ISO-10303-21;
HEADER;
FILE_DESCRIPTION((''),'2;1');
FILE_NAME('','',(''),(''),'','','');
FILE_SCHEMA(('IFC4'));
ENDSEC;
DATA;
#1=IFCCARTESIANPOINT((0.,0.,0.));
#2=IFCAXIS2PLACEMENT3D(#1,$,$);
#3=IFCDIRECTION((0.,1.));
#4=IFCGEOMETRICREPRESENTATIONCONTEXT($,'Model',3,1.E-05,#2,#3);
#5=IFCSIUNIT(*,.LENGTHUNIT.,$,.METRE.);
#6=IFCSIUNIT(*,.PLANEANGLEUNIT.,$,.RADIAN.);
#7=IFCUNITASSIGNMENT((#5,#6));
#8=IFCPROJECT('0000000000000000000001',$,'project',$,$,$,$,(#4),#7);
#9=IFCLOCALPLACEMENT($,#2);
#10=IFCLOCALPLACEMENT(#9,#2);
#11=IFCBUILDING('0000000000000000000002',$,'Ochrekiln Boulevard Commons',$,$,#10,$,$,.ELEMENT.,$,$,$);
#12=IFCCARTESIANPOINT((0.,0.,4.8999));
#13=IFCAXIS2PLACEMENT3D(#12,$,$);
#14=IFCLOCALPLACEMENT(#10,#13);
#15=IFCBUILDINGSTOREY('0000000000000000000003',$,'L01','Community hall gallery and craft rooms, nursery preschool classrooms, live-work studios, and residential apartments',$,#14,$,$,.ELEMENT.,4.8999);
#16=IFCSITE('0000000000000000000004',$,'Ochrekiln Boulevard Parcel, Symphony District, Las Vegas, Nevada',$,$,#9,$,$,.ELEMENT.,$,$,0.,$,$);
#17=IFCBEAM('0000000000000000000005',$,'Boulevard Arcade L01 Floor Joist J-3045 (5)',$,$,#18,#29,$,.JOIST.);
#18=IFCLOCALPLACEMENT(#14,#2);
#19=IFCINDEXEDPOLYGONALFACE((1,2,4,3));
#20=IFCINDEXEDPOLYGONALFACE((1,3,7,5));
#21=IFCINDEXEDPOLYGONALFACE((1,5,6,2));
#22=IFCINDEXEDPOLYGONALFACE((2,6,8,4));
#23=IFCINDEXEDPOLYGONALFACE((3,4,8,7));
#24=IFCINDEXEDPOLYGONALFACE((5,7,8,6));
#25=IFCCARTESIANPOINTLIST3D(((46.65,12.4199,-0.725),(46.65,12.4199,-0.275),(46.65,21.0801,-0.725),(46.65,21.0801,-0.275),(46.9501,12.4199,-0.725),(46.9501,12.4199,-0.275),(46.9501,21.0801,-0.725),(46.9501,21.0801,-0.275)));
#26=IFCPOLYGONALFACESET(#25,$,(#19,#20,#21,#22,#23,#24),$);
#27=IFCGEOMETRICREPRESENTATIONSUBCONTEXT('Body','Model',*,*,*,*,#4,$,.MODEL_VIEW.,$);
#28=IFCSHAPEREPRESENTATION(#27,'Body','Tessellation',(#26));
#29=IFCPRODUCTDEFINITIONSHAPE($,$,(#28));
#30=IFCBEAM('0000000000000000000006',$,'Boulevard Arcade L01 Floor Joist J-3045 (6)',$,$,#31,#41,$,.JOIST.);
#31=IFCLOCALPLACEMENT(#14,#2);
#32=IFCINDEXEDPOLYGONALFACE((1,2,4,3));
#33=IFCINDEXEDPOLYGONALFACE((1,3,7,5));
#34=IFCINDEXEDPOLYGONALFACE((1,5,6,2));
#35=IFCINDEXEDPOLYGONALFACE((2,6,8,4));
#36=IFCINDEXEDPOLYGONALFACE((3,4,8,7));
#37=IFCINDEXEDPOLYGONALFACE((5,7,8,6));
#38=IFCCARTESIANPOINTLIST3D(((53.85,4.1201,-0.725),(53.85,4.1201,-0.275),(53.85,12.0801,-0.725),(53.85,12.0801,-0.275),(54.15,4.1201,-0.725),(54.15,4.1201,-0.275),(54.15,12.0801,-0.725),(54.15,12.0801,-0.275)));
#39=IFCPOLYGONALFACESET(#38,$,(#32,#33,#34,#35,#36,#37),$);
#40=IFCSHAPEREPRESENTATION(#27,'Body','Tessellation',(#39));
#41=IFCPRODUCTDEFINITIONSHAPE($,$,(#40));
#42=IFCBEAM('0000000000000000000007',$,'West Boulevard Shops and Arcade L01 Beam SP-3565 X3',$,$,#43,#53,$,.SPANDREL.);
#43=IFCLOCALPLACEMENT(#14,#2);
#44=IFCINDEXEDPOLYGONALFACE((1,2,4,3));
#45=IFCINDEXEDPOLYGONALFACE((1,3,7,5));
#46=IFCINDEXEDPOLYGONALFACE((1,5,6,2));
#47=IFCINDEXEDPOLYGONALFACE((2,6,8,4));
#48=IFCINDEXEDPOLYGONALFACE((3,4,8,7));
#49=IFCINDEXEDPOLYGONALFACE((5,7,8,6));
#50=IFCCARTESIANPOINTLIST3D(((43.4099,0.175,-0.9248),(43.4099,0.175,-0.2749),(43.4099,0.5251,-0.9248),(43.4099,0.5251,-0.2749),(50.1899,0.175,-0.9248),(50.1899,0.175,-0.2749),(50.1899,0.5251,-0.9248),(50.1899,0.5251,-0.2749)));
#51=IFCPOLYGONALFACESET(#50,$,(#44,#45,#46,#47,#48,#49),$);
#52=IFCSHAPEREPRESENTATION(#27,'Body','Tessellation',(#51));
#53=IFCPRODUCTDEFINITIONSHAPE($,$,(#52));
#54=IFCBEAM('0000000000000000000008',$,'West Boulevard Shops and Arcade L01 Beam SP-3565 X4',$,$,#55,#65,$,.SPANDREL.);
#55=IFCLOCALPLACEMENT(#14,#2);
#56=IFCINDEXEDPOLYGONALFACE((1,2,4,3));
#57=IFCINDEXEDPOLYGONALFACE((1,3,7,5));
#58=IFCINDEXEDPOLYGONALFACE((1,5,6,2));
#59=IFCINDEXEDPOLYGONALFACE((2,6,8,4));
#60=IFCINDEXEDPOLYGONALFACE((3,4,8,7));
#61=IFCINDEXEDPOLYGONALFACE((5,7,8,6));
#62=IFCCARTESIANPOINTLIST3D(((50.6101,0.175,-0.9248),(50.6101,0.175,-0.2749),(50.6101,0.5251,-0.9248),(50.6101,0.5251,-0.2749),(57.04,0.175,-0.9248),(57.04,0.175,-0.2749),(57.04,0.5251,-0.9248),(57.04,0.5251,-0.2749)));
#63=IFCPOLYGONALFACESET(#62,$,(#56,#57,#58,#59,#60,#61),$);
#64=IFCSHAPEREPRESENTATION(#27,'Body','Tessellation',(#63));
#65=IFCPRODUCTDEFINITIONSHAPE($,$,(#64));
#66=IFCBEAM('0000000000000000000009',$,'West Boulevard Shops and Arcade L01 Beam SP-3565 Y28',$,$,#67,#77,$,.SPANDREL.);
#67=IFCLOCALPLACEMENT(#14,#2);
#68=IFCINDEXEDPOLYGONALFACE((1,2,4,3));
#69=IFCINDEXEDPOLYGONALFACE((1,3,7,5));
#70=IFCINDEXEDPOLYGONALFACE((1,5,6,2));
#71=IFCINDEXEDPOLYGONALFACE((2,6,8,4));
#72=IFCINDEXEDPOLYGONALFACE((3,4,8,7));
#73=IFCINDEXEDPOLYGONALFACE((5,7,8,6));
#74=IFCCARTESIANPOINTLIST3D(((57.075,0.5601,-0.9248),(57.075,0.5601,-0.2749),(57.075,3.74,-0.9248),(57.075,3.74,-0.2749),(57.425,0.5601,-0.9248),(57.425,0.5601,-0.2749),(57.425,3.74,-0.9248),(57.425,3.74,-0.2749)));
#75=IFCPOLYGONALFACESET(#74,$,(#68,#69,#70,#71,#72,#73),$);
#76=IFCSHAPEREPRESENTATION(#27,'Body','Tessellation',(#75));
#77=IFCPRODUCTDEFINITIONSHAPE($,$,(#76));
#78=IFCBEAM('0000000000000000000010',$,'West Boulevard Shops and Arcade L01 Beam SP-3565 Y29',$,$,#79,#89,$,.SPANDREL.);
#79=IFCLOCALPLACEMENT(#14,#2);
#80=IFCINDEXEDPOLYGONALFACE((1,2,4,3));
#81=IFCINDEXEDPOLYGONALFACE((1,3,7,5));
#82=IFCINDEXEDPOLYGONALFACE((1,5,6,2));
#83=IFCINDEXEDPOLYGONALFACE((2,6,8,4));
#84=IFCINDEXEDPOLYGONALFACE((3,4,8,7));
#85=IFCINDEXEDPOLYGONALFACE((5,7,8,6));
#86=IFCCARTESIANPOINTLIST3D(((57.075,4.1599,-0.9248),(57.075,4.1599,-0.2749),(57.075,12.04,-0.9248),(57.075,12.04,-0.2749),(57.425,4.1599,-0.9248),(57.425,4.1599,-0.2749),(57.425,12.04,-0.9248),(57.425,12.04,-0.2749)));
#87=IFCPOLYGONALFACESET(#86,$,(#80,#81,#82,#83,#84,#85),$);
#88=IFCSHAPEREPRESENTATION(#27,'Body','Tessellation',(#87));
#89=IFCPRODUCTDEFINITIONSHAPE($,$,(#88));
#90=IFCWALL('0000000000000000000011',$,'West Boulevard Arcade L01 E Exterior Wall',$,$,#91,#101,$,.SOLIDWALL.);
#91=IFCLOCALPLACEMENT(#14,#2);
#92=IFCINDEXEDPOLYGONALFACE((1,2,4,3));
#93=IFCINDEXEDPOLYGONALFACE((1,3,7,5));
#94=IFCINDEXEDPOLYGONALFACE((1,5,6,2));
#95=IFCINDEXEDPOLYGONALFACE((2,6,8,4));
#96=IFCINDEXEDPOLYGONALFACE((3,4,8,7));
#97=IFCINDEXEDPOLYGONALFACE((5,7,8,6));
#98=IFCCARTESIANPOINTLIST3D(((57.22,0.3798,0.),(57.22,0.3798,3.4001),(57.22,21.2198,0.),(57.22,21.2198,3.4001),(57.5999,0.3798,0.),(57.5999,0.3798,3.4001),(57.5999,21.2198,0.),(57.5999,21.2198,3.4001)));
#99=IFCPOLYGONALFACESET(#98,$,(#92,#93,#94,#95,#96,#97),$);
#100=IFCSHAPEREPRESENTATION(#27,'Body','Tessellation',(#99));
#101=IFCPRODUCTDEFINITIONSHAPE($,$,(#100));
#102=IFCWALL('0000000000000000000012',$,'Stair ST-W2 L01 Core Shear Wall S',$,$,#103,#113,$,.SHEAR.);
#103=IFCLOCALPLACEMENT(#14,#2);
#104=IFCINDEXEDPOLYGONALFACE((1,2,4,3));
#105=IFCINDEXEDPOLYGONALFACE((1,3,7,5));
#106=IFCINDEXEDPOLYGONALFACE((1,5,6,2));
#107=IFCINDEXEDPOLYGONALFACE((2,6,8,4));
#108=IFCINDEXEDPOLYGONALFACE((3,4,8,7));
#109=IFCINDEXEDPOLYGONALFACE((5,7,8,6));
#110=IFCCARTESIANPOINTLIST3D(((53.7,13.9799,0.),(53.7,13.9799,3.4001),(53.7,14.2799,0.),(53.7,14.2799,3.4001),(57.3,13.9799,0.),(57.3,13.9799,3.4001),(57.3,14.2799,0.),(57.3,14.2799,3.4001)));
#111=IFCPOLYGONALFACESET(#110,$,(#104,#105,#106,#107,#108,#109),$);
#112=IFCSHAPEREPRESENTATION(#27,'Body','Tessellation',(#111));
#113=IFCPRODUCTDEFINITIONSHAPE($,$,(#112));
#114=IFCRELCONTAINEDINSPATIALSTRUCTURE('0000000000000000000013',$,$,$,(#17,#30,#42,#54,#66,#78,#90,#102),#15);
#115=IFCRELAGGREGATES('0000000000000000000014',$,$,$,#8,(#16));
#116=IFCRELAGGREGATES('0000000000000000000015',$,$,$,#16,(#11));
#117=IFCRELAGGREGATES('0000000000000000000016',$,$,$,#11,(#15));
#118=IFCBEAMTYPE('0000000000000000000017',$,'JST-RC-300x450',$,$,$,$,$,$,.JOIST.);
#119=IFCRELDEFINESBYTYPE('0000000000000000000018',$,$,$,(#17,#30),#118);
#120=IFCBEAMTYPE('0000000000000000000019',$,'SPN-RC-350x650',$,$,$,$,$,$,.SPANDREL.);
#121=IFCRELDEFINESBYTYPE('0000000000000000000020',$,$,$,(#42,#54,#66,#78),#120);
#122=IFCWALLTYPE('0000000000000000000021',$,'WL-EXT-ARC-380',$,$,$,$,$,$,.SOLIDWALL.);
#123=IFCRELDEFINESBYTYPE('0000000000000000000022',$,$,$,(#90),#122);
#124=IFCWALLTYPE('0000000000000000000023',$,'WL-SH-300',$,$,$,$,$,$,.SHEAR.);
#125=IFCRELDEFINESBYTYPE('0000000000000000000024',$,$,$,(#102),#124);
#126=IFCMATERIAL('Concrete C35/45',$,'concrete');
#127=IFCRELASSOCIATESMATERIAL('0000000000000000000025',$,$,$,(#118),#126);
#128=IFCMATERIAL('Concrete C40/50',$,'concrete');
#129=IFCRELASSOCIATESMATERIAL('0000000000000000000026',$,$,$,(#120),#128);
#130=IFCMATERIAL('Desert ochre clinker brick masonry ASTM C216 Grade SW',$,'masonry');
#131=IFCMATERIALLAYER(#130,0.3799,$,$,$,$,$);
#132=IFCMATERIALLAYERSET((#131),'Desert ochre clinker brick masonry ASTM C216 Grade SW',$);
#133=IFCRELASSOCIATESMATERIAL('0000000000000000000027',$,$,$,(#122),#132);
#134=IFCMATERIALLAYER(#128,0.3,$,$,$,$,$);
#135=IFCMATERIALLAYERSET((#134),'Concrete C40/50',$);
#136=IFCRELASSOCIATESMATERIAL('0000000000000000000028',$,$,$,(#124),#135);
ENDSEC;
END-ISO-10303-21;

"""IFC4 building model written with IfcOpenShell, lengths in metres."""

from ifc_helpers import new_model, si_unit, direction, frame, frame_2d, origin, origin_2d, place, context, subcontext, project, spatial, rectangle, extrude, material, layer, layer_set, material_profile, profile_set, type_object, element, save


model = new_model("IFC4")

# Units and contexts
model_context = context("Model", 3, precision=1e-05, world=origin(), true_north=direction((0.0, 1.0)))
body_context = subcontext(model_context, "Body", "Model", "MODEL_VIEW")
ifc_project = project(units=[si_unit("LENGTHUNIT", "METRE"), si_unit("PLANEANGLEUNIT", "RADIAN")], contexts=[model_context])

# Site, building, storey
site_placement = place(None, origin())
site = spatial("IfcSite", under=ifc_project, at=site_placement, Name="Ochrekiln Boulevard Parcel, Symphony District, Las Vegas, Nevada", CompositionType="ELEMENT", RefElevation=0.0)
building_placement = place(site_placement, origin())
building = spatial("IfcBuilding", under=site, at=building_placement, Name="Ochrekiln Boulevard Commons", CompositionType="ELEMENT")
storey_placement = place(building_placement, frame((0.0, 0.0, 4.8999)))
storey = spatial("IfcBuildingStorey", under=building, at=storey_placement, Name="L01", Description="Community hall gallery and craft rooms, nursery preschool classrooms, live-work studios, and residential apartments", CompositionType="ELEMENT", Elevation=4.8999)

# Shared definitions
ifc_material_1 = material(Name="Concrete C35/45", Category="concrete")
ifc_material_2 = material(Name="Concrete C40/50", Category="concrete")

# Beams
ifc_material_profile_1 = material_profile(ifc_material_1, rectangle(XDim=0.3, YDim=0.45, at=origin_2d()), Name="RC-JST-300x450")
ifc_profile_set_1 = profile_set([ifc_material_profile_1], Name="Concrete C35/45")
beam_type_1 = type_object("IfcBeamType", Name="JST-RC-300x450", PredefinedType="JOIST", material=ifc_profile_set_1)
beam_1_placement = place(storey_placement, frame((46.8, 12.4199, -0.5), z_axis=(0.0, 1.0, 0.0), x_axis=(-1.0, 0.0, 0.0)))
element("IfcBeam", 1, at=beam_1_placement, inside=storey, type_object=beam_type_1, Name="Boulevard Arcade L01 Floor Joist J-3045 (5)", PredefinedType="JOIST", context=body_context, shape_type="SweptSolid", body=[
    extrude(rectangle(XDim=0.3, YDim=0.45, at=origin_2d()), origin(), (0.0, 0.0, 1.0), 8.6602),
])
beam_2_placement = place(storey_placement, frame((54.0, 4.1201, -0.5), z_axis=(0.0, 1.0, 0.0), x_axis=(-1.0, 0.0, 0.0)))
element("IfcBeam", 2, at=beam_2_placement, inside=storey, type_object=beam_type_1, Name="Boulevard Arcade L01 Floor Joist J-3045 (6)", PredefinedType="JOIST", context=body_context, shape_type="SweptSolid", body=[
    extrude(rectangle(XDim=0.3, YDim=0.45, at=origin_2d()), origin(), (0.0, 0.0, 1.0), 7.96),
])
ifc_material_profile_2 = material_profile(ifc_material_2, rectangle(XDim=0.3501, YDim=0.6499, at=origin_2d()), Name="RC-SPN-350x650")
ifc_profile_set_2 = profile_set([ifc_material_profile_2], Name="Concrete C40/50")
beam_type_2 = type_object("IfcBeamType", Name="SPN-RC-350x650", PredefinedType="SPANDREL", material=ifc_profile_set_2)
beam_3_placement = place(storey_placement, frame((43.4099, 0.3501, -0.5999), z_axis=(1.0, 0.0, 0.0), x_axis=(0.0, 1.0, 0.0)))
element("IfcBeam", 3, at=beam_3_placement, inside=storey, type_object=beam_type_2, Name="West Boulevard Shops and Arcade L01 Beam SP-3565 X3", PredefinedType="SPANDREL", context=body_context, shape_type="SweptSolid", body=[
    extrude(rectangle(XDim=0.3501, YDim=0.6499, at=origin_2d()), origin(), (0.0, 0.0, 1.0), 6.78),
])
beam_4_placement = place(storey_placement, frame((50.6101, 0.3501, -0.5999), z_axis=(1.0, 0.0, 0.0), x_axis=(0.0, 1.0, 0.0)))
element("IfcBeam", 4, at=beam_4_placement, inside=storey, type_object=beam_type_2, Name="West Boulevard Shops and Arcade L01 Beam SP-3565 X4", PredefinedType="SPANDREL", context=body_context, shape_type="SweptSolid", body=[
    extrude(rectangle(XDim=0.3501, YDim=0.6499, at=origin_2d()), origin(), (0.0, 0.0, 1.0), 6.4299),
])
beam_5_placement = place(storey_placement, frame((57.25, 0.5601, -0.5999), z_axis=(0.0, 1.0, 0.0), x_axis=(-1.0, 0.0, 0.0)))
element("IfcBeam", 5, at=beam_5_placement, inside=storey, type_object=beam_type_2, Name="West Boulevard Shops and Arcade L01 Beam SP-3565 Y28", PredefinedType="SPANDREL", context=body_context, shape_type="SweptSolid", body=[
    extrude(rectangle(XDim=0.3501, YDim=0.6499, at=origin_2d()), origin(), (0.0, 0.0, 1.0), 3.1799),
])
beam_6_placement = place(storey_placement, frame((57.25, 4.1599, -0.5999), z_axis=(0.0, 1.0, 0.0), x_axis=(-1.0, 0.0, 0.0)))
element("IfcBeam", 6, at=beam_6_placement, inside=storey, type_object=beam_type_2, Name="West Boulevard Shops and Arcade L01 Beam SP-3565 Y29", PredefinedType="SPANDREL", context=body_context, shape_type="SweptSolid", body=[
    extrude(rectangle(XDim=0.3501, YDim=0.6499, at=origin_2d()), origin(), (0.0, 0.0, 1.0), 7.8801),
])

# Walls
ifc_material_3 = material(Name="Desert ochre clinker brick masonry ASTM C216 Grade SW", Category="masonry")
ifc_layer_1 = layer(ifc_material_3, 0.3799)
ifc_layer_set_1 = layer_set([ifc_layer_1], Name="Desert ochre clinker brick masonry ASTM C216 Grade SW")
wall_type_1 = type_object("IfcWallType", Name="WL-EXT-ARC-380", PredefinedType="SOLIDWALL", material=ifc_layer_set_1)
wall_1_placement = place(storey_placement, frame((57.4099, 0.3799, 0.0), z_axis=(0.0, 0.0, 1.0), x_axis=(0.0, 1.0, 0.0)))
element("IfcWall", 7, at=wall_1_placement, inside=storey, type_object=wall_type_1, Name="West Boulevard Arcade L01 E Exterior Wall", PredefinedType="SOLIDWALL", context=body_context, shape_type="SweptSolid", body=[
    extrude(rectangle(XDim=20.8401, YDim=0.3799, at=frame_2d((10.4199, 0.0))), origin(), (0.0, 0.0, 1.0), 3.4001),
])
ifc_layer_2 = layer(ifc_material_2, 0.3)
ifc_layer_set_2 = layer_set([ifc_layer_2], Name="Concrete C40/50")
wall_type_2 = type_object("IfcWallType", Name="WL-SH-300", PredefinedType="SHEAR", material=ifc_layer_set_2)
wall_2_placement = place(storey_placement, frame((53.7, 14.1299, 0.0), z_axis=(0.0, 0.0, 1.0), x_axis=(1.0, 0.0, 0.0)))
element("IfcWall", 8, at=wall_2_placement, inside=storey, type_object=wall_type_2, Name="Stair ST-W2 L01 Core Shear Wall S", PredefinedType="SHEAR", context=body_context, shape_type="SweptSolid", body=[
    extrude(rectangle(XDim=3.6001, YDim=0.3, at=frame_2d((1.8, 0.0))), origin(), (0.0, 0.0, 1.0), 3.4001),
])

save(model, "model.ifc")
